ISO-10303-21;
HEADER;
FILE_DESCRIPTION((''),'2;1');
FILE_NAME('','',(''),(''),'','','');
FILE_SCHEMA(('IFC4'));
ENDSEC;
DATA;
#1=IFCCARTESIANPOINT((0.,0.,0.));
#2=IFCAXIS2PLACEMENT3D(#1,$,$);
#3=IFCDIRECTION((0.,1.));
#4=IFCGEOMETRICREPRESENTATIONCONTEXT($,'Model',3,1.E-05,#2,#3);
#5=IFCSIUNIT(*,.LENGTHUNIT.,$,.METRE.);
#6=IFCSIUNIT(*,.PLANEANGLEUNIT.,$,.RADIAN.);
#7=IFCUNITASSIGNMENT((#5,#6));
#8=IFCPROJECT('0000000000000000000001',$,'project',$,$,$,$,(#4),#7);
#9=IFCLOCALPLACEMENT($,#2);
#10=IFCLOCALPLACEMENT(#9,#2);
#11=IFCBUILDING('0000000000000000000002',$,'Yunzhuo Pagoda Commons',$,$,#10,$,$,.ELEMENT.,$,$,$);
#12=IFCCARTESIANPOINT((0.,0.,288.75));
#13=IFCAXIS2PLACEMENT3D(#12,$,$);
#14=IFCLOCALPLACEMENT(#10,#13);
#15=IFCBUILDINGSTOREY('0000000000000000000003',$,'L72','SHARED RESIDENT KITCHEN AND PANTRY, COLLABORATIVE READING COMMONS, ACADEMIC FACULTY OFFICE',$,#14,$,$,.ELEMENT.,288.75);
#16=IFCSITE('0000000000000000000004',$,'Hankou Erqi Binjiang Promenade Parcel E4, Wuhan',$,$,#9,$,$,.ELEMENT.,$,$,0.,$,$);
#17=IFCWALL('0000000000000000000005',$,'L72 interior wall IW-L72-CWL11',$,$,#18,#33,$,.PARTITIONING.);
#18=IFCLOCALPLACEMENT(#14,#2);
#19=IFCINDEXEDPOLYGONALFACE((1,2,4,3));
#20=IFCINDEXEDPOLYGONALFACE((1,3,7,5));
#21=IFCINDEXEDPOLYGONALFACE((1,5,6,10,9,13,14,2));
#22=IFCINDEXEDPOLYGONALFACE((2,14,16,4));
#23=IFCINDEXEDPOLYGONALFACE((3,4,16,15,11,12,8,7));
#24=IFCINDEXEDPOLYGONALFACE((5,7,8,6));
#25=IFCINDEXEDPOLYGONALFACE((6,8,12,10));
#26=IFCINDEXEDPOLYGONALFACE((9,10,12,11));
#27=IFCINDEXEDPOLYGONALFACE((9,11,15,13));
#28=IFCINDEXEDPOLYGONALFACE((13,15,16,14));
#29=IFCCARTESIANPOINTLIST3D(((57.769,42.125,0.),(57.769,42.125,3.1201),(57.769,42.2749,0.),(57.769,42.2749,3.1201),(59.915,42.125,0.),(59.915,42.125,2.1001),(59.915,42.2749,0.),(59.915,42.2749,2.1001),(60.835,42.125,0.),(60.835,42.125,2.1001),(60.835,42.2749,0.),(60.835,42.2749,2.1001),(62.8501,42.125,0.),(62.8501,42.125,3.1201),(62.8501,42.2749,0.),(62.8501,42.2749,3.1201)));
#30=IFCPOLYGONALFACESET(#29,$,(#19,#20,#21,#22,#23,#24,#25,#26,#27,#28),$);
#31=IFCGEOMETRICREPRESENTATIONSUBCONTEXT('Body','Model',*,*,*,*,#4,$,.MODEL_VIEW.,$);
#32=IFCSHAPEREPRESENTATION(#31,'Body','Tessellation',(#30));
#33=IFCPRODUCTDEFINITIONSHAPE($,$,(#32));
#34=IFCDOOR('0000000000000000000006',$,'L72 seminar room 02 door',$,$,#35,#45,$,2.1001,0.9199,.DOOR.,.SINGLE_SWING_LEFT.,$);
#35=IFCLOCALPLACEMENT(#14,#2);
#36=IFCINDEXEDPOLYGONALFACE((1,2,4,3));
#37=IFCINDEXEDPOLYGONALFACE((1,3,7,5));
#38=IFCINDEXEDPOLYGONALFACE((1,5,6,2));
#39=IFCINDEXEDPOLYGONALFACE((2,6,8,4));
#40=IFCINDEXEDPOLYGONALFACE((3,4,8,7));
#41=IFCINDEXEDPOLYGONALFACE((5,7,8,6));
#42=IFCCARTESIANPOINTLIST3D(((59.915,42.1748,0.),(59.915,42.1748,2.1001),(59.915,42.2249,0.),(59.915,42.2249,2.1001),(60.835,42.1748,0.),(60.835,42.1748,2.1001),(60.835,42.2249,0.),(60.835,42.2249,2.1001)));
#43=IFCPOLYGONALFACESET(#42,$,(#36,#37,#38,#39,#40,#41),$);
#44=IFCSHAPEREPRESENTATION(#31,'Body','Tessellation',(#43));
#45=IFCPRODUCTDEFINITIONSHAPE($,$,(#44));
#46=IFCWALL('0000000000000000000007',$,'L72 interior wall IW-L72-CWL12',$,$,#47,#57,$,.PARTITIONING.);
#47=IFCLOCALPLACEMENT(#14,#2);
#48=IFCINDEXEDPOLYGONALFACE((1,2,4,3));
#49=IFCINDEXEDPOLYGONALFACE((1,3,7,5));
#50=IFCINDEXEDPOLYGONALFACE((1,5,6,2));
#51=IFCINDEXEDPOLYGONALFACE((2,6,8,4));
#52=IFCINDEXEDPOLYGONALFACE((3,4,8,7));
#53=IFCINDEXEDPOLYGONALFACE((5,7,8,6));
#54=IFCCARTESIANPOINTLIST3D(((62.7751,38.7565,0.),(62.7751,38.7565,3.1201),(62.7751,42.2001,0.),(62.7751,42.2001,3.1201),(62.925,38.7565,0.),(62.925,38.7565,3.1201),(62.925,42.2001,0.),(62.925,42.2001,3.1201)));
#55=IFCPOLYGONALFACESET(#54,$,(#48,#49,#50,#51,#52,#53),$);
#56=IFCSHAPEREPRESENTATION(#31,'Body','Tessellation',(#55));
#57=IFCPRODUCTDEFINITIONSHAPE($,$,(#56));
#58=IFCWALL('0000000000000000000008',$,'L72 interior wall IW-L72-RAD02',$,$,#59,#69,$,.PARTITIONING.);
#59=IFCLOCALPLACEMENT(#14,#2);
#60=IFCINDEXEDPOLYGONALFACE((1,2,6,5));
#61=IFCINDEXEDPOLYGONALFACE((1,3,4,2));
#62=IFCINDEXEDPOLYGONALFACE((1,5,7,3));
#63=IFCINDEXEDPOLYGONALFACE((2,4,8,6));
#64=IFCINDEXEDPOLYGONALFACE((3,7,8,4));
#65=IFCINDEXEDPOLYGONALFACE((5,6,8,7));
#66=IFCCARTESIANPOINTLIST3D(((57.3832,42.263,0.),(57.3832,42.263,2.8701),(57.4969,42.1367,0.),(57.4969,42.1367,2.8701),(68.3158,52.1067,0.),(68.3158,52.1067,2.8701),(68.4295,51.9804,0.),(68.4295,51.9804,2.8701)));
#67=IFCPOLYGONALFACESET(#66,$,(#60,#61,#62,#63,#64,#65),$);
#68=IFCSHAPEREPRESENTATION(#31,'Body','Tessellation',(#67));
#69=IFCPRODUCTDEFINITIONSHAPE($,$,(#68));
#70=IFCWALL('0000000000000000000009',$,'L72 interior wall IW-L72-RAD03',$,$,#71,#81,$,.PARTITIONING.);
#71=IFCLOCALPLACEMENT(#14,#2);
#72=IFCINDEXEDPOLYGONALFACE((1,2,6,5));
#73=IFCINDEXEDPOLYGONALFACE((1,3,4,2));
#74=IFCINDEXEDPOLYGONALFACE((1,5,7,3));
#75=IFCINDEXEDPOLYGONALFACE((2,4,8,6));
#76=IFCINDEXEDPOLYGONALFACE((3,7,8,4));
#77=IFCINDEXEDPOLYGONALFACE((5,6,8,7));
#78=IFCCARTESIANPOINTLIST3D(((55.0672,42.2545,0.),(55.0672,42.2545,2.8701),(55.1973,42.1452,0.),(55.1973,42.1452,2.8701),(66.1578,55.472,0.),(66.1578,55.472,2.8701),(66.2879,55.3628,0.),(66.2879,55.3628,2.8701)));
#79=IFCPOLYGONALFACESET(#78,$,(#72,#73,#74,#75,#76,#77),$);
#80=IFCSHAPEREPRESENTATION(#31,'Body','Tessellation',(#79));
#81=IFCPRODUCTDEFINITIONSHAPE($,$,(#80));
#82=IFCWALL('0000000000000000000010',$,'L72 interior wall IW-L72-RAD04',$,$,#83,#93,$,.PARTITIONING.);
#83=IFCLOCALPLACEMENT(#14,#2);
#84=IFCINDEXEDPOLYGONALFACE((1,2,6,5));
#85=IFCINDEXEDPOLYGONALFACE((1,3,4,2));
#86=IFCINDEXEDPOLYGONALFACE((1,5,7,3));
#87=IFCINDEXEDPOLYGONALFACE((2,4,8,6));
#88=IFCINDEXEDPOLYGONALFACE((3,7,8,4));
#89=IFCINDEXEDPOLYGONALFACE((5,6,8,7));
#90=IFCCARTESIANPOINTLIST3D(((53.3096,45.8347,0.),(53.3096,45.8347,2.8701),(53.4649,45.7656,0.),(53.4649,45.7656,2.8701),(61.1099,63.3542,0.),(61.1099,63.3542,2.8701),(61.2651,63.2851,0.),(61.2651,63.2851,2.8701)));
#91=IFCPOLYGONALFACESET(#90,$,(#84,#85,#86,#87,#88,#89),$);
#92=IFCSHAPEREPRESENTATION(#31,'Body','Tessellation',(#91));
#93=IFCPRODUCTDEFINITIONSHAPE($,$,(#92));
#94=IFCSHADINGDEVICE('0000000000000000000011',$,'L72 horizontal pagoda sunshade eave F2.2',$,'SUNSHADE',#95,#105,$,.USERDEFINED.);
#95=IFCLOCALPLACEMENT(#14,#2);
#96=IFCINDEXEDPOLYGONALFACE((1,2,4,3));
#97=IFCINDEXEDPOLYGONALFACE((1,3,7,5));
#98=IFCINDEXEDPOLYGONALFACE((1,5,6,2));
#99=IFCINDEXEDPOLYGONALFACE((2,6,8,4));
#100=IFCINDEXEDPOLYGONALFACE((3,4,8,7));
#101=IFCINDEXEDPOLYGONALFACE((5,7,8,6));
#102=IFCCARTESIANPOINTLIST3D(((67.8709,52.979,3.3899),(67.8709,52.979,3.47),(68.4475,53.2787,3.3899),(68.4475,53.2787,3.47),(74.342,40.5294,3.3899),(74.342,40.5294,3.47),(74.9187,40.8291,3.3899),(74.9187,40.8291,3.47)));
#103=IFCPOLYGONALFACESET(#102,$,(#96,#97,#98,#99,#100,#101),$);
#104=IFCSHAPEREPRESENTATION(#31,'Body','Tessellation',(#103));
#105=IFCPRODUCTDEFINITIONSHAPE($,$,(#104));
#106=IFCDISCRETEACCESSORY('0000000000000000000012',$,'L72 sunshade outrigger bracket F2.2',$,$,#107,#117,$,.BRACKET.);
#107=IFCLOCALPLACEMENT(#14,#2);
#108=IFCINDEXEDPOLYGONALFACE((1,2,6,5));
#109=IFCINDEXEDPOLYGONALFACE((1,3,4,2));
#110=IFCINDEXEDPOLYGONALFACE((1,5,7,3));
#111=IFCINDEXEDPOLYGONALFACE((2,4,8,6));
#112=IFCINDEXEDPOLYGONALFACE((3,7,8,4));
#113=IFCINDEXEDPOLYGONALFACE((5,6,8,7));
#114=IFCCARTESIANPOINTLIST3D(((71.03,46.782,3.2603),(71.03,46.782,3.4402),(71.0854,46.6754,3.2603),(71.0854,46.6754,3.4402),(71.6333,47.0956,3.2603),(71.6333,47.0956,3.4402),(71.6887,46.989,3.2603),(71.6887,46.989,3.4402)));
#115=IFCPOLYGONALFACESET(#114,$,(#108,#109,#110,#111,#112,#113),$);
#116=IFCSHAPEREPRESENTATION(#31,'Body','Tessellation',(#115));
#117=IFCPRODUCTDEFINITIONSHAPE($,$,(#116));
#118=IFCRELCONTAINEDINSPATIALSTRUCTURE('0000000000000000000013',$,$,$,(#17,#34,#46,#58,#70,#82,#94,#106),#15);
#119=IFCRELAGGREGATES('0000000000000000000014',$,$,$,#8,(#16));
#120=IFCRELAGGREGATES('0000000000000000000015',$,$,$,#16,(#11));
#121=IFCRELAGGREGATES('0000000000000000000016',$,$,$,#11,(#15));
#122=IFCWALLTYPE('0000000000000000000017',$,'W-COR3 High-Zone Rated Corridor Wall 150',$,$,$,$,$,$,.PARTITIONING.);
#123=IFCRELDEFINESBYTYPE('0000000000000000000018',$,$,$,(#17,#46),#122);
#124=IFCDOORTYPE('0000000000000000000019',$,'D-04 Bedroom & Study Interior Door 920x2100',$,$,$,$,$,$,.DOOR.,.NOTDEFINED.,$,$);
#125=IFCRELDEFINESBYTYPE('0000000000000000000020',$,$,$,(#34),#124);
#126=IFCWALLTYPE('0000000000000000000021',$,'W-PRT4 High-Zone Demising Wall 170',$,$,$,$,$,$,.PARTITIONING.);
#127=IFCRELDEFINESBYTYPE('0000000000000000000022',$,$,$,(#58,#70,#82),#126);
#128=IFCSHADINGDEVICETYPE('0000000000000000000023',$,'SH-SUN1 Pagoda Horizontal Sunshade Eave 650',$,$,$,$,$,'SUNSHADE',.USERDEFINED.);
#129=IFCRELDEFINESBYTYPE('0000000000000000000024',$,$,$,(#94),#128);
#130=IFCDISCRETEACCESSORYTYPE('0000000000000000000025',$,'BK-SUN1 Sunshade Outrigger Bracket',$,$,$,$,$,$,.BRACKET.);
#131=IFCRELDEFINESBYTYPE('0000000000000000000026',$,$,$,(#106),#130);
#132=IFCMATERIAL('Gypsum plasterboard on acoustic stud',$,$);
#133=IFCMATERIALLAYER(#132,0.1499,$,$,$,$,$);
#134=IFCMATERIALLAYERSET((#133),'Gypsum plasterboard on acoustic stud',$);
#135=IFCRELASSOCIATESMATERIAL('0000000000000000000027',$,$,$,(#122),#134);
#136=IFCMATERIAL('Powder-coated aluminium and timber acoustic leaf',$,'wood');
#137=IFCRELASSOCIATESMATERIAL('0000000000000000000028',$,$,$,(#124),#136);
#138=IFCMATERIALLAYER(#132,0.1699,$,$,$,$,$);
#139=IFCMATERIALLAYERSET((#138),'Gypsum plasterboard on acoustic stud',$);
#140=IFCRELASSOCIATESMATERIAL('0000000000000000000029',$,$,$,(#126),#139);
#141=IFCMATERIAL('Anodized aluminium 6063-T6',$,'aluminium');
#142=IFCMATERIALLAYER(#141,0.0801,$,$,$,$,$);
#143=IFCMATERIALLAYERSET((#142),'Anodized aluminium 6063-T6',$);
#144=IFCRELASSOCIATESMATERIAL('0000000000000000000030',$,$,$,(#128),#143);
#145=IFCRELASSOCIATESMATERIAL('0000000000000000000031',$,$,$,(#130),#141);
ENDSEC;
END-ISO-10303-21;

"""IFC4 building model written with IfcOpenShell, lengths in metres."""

from ifc_helpers import new_model, si_unit, direction, frame, frame_2d, origin, origin_with_axes, origin_2d, place, context, subcontext, project, spatial, rectangle, extrude, source, transform, mapped, material, layer, layer_set, type_object, element, fill, save


model = new_model("IFC4")

# Units and contexts
model_context = context("Model", 3, precision=1e-05, world=origin(), true_north=direction((0.0, 1.0)))
body_context = subcontext(model_context, "Body", "Model", "MODEL_VIEW")
ifc_project = project(units=[si_unit("LENGTHUNIT", "METRE"), si_unit("PLANEANGLEUNIT", "RADIAN")], contexts=[model_context])

# Site, building, storey
site_placement = place(None, origin())
site = spatial("IfcSite", under=ifc_project, at=site_placement, Name="Hankou Erqi Binjiang Promenade Parcel E4, Wuhan", CompositionType="ELEMENT", RefElevation=0.0)
building_placement = place(site_placement, origin())
building = spatial("IfcBuilding", under=site, at=building_placement, Name="Yunzhuo Pagoda Commons", CompositionType="ELEMENT")
storey_placement = place(building_placement, frame((0.0, 0.0, 288.75)))
storey = spatial("IfcBuildingStorey", under=building, at=storey_placement, Name="L72", Description="SHARED RESIDENT KITCHEN AND PANTRY, COLLABORATIVE READING COMMONS, ACADEMIC FACULTY OFFICE", CompositionType="ELEMENT", Elevation=288.75)

# Shared definitions
ifc_material_1 = material(Name="Anodized aluminium 6063-T6", Category="aluminium")

# Shared definitions
ifc_material_2 = material(Name="Gypsum plasterboard on acoustic stud")
ifc_layer_1 = layer(ifc_material_2, 0.1499)
ifc_layer_set_1 = layer_set([ifc_layer_1], Name="Gypsum plasterboard on acoustic stud")
wall_type_1 = type_object("IfcWallType", Name="W-COR3 High-Zone Rated Corridor Wall 150", PredefinedType="PARTITIONING", material=ifc_layer_set_1)

# Wall, opening, door
ifc_material_3 = material(Name="Powder-coated aluminium and timber acoustic leaf", Category="wood")
door_type = type_object("IfcDoorType", Name="D-04 Bedroom & Study Interior Door 920x2100", OperationType="NOTDEFINED", PredefinedType="DOOR", material=ifc_material_3)
shared_shape_1 = source(origin(), body_context, "Body", "SweptSolid", [
    extrude(rectangle(XDim=0.9199, YDim=2.1001, at=frame_2d((0.46, 1.05))), frame((0.0, 0.0249, 0.0), z_axis=(0.0, -1.0, 0.0), x_axis=(1.0, 0.0, 0.0)), (0.0, 0.0, 1.0), 0.05),
])
wall_1_placement = place(storey_placement, frame((57.769, 42.2, 0.0), z_axis=(0.0, 0.0, 1.0), x_axis=(1.0, 0.0, 0.0)))
wall_1 = element("IfcWall", 1, at=wall_1_placement, inside=storey, type_object=wall_type_1, Name="L72 interior wall IW-L72-CWL11", PredefinedType="PARTITIONING", context=body_context, shape_type="SweptSolid", body=[
    extrude(rectangle(XDim=5.0811, YDim=0.1499, at=frame_2d((2.5405, 0.0))), origin(), (0.0, 0.0, 1.0), 3.1201),
])
opening_1_placement = place(wall_1_placement, frame((2.146, 0.0, 0.0)))
opening_1 = element("IfcOpeningElement", 2, at=opening_1_placement, cuts=wall_1, PredefinedType="OPENING", context=body_context, shape_type="SweptSolid", body=[
    extrude(rectangle(XDim=0.9199, YDim=2.1001, at=frame_2d((0.46, 1.05))), frame((0.0, 0.085, 0.0), z_axis=(0.0, -1.0, 0.0), x_axis=(1.0, 0.0, 0.0)), (0.0, 0.0, 1.0), 0.1699),
])
door_1_placement = place(opening_1_placement, origin_with_axes())
door_1 = element("IfcDoor", 3, at=door_1_placement, inside=storey, type_object=door_type, Name="L72 seminar room 02 door", OperationType="SINGLE_SWING_LEFT", OverallHeight=2.1001, OverallWidth=0.9199, PredefinedType="DOOR", context=body_context, shape_type="MappedRepresentation", body=[
    mapped(shared_shape_1, transform((0.0, 0.0, 0.0), scale=1.0)),
])
fill(opening_1, door_1)

# Walls
wall_2_placement = place(storey_placement, frame((62.8501, 42.2, 0.0), z_axis=(0.0, 0.0, 1.0), x_axis=(0.0, -1.0, 0.0)))
element("IfcWall", 4, at=wall_2_placement, inside=storey, type_object=wall_type_1, Name="L72 interior wall IW-L72-CWL12", PredefinedType="PARTITIONING", context=body_context, shape_type="SweptSolid", body=[
    extrude(rectangle(XDim=3.4436, YDim=0.1499, at=frame_2d((1.7217, 0.0))), origin(), (0.0, 0.0, 1.0), 3.1201),
])
ifc_layer_2 = layer(ifc_material_2, 0.1699)
ifc_layer_set_2 = layer_set([ifc_layer_2], Name="Gypsum plasterboard on acoustic stud")
wall_type_2 = type_object("IfcWallType", Name="W-PRT4 High-Zone Demising Wall 170", PredefinedType="PARTITIONING", material=ifc_layer_set_2)
wall_3_placement = place(storey_placement, frame((57.4402, 42.2, 0.0), z_axis=(0.0, 0.0, 1.0), x_axis=(0.743146, 0.66913, 0.0)))
element("IfcWall", 5, at=wall_3_placement, inside=storey, type_object=wall_type_2, Name="L72 interior wall IW-L72-RAD02", PredefinedType="PARTITIONING", context=body_context, shape_type="SweptSolid", body=[
    extrude(rectangle(XDim=14.7112, YDim=0.1699, at=frame_2d((7.3555, 0.0))), origin(), (0.0, 0.0, 1.0), 2.8701),
])
wall_4_placement = place(storey_placement, frame((55.1323, 42.2, 0.0), z_axis=(0.0, 0.0, 1.0), x_axis=(0.642779, 0.766052, 0.0)))
element("IfcWall", 6, at=wall_4_placement, inside=storey, type_object=wall_type_2, Name="L72 interior wall IW-L72-RAD03", PredefinedType="PARTITIONING", context=body_context, shape_type="SweptSolid", body=[
    extrude(rectangle(XDim=17.2542, YDim=0.1699, at=frame_2d((8.627, 0.0))), origin(), (0.0, 0.0, 1.0), 2.8701),
])
wall_5_placement = place(storey_placement, frame((53.3872, 45.8, 0.0), z_axis=(0.0, 0.0, 1.0), x_axis=(0.406741, 0.913544, 0.0)))
element("IfcWall", 7, at=wall_5_placement, inside=storey, type_object=wall_type_2, Name="L72 interior wall IW-L72-RAD04", PredefinedType="PARTITIONING", context=body_context, shape_type="SweptSolid", body=[
    extrude(rectangle(XDim=19.1775, YDim=0.1699, at=frame_2d((9.5889, 0.0))), origin(), (0.0, 0.0, 1.0), 2.8701),
])

# Shading device
ifc_layer_3 = layer(ifc_material_1, 0.0801)
ifc_layer_set_3 = layer_set([ifc_layer_3], Name="Anodized aluminium 6063-T6")
shading_device_type = type_object("IfcShadingDeviceType", Name="SH-SUN1 Pagoda Horizontal Sunshade Eave 650", ElementType="SUNSHADE", PredefinedType="USERDEFINED", material=ifc_layer_set_3)
shared_shape_2 = source(origin(), body_context, "Body", "SweptSolid", [
    extrude(rectangle(XDim=14.031, YDim=0.6499, at=origin_2d()), origin(), (0.0, 0.0, 1.0), 0.0801),
])
shading_device_placement = place(storey_placement, frame((71.3948, 46.9041, 3.3899), z_axis=(0.0, 0.0, 1.0), x_axis=(-0.461207, 0.887293, 0.0)))
element("IfcShadingDevice", 8, at=shading_device_placement, inside=storey, type_object=shading_device_type, Name="L72 horizontal pagoda sunshade eave F2.2", ObjectType="SUNSHADE", PredefinedType="USERDEFINED", context=body_context, shape_type="MappedRepresentation", body=[
    mapped(shared_shape_2, transform((0.0, 0.0, 0.0), scale=1.0)),
])

# Discrete accessory
discrete_accessory_type = type_object("IfcDiscreteAccessoryType", Name="BK-SUN1 Sunshade Outrigger Bracket", PredefinedType="BRACKET", material=ifc_material_1)
shared_shape_3 = source(origin(), body_context, "Body", "SweptSolid", [
    extrude(rectangle(XDim=0.1201, YDim=0.6799, at=origin_2d()), origin(), (0.0, 0.0, 1.0), 0.1799),
])
discrete_accessory_placement = place(storey_placement, frame((71.3594, 46.8855, 3.2603), z_axis=(0.0, 0.0, 1.0), x_axis=(-0.461207, 0.887293, 0.0)))
element("IfcDiscreteAccessory", 9, at=discrete_accessory_placement, inside=storey, type_object=discrete_accessory_type, Name="L72 sunshade outrigger bracket F2.2", PredefinedType="BRACKET", context=body_context, shape_type="MappedRepresentation", body=[
    mapped(shared_shape_3, transform((0.0, 0.0, 0.0), scale=1.0)),
])

save(model, "model.ifc")
